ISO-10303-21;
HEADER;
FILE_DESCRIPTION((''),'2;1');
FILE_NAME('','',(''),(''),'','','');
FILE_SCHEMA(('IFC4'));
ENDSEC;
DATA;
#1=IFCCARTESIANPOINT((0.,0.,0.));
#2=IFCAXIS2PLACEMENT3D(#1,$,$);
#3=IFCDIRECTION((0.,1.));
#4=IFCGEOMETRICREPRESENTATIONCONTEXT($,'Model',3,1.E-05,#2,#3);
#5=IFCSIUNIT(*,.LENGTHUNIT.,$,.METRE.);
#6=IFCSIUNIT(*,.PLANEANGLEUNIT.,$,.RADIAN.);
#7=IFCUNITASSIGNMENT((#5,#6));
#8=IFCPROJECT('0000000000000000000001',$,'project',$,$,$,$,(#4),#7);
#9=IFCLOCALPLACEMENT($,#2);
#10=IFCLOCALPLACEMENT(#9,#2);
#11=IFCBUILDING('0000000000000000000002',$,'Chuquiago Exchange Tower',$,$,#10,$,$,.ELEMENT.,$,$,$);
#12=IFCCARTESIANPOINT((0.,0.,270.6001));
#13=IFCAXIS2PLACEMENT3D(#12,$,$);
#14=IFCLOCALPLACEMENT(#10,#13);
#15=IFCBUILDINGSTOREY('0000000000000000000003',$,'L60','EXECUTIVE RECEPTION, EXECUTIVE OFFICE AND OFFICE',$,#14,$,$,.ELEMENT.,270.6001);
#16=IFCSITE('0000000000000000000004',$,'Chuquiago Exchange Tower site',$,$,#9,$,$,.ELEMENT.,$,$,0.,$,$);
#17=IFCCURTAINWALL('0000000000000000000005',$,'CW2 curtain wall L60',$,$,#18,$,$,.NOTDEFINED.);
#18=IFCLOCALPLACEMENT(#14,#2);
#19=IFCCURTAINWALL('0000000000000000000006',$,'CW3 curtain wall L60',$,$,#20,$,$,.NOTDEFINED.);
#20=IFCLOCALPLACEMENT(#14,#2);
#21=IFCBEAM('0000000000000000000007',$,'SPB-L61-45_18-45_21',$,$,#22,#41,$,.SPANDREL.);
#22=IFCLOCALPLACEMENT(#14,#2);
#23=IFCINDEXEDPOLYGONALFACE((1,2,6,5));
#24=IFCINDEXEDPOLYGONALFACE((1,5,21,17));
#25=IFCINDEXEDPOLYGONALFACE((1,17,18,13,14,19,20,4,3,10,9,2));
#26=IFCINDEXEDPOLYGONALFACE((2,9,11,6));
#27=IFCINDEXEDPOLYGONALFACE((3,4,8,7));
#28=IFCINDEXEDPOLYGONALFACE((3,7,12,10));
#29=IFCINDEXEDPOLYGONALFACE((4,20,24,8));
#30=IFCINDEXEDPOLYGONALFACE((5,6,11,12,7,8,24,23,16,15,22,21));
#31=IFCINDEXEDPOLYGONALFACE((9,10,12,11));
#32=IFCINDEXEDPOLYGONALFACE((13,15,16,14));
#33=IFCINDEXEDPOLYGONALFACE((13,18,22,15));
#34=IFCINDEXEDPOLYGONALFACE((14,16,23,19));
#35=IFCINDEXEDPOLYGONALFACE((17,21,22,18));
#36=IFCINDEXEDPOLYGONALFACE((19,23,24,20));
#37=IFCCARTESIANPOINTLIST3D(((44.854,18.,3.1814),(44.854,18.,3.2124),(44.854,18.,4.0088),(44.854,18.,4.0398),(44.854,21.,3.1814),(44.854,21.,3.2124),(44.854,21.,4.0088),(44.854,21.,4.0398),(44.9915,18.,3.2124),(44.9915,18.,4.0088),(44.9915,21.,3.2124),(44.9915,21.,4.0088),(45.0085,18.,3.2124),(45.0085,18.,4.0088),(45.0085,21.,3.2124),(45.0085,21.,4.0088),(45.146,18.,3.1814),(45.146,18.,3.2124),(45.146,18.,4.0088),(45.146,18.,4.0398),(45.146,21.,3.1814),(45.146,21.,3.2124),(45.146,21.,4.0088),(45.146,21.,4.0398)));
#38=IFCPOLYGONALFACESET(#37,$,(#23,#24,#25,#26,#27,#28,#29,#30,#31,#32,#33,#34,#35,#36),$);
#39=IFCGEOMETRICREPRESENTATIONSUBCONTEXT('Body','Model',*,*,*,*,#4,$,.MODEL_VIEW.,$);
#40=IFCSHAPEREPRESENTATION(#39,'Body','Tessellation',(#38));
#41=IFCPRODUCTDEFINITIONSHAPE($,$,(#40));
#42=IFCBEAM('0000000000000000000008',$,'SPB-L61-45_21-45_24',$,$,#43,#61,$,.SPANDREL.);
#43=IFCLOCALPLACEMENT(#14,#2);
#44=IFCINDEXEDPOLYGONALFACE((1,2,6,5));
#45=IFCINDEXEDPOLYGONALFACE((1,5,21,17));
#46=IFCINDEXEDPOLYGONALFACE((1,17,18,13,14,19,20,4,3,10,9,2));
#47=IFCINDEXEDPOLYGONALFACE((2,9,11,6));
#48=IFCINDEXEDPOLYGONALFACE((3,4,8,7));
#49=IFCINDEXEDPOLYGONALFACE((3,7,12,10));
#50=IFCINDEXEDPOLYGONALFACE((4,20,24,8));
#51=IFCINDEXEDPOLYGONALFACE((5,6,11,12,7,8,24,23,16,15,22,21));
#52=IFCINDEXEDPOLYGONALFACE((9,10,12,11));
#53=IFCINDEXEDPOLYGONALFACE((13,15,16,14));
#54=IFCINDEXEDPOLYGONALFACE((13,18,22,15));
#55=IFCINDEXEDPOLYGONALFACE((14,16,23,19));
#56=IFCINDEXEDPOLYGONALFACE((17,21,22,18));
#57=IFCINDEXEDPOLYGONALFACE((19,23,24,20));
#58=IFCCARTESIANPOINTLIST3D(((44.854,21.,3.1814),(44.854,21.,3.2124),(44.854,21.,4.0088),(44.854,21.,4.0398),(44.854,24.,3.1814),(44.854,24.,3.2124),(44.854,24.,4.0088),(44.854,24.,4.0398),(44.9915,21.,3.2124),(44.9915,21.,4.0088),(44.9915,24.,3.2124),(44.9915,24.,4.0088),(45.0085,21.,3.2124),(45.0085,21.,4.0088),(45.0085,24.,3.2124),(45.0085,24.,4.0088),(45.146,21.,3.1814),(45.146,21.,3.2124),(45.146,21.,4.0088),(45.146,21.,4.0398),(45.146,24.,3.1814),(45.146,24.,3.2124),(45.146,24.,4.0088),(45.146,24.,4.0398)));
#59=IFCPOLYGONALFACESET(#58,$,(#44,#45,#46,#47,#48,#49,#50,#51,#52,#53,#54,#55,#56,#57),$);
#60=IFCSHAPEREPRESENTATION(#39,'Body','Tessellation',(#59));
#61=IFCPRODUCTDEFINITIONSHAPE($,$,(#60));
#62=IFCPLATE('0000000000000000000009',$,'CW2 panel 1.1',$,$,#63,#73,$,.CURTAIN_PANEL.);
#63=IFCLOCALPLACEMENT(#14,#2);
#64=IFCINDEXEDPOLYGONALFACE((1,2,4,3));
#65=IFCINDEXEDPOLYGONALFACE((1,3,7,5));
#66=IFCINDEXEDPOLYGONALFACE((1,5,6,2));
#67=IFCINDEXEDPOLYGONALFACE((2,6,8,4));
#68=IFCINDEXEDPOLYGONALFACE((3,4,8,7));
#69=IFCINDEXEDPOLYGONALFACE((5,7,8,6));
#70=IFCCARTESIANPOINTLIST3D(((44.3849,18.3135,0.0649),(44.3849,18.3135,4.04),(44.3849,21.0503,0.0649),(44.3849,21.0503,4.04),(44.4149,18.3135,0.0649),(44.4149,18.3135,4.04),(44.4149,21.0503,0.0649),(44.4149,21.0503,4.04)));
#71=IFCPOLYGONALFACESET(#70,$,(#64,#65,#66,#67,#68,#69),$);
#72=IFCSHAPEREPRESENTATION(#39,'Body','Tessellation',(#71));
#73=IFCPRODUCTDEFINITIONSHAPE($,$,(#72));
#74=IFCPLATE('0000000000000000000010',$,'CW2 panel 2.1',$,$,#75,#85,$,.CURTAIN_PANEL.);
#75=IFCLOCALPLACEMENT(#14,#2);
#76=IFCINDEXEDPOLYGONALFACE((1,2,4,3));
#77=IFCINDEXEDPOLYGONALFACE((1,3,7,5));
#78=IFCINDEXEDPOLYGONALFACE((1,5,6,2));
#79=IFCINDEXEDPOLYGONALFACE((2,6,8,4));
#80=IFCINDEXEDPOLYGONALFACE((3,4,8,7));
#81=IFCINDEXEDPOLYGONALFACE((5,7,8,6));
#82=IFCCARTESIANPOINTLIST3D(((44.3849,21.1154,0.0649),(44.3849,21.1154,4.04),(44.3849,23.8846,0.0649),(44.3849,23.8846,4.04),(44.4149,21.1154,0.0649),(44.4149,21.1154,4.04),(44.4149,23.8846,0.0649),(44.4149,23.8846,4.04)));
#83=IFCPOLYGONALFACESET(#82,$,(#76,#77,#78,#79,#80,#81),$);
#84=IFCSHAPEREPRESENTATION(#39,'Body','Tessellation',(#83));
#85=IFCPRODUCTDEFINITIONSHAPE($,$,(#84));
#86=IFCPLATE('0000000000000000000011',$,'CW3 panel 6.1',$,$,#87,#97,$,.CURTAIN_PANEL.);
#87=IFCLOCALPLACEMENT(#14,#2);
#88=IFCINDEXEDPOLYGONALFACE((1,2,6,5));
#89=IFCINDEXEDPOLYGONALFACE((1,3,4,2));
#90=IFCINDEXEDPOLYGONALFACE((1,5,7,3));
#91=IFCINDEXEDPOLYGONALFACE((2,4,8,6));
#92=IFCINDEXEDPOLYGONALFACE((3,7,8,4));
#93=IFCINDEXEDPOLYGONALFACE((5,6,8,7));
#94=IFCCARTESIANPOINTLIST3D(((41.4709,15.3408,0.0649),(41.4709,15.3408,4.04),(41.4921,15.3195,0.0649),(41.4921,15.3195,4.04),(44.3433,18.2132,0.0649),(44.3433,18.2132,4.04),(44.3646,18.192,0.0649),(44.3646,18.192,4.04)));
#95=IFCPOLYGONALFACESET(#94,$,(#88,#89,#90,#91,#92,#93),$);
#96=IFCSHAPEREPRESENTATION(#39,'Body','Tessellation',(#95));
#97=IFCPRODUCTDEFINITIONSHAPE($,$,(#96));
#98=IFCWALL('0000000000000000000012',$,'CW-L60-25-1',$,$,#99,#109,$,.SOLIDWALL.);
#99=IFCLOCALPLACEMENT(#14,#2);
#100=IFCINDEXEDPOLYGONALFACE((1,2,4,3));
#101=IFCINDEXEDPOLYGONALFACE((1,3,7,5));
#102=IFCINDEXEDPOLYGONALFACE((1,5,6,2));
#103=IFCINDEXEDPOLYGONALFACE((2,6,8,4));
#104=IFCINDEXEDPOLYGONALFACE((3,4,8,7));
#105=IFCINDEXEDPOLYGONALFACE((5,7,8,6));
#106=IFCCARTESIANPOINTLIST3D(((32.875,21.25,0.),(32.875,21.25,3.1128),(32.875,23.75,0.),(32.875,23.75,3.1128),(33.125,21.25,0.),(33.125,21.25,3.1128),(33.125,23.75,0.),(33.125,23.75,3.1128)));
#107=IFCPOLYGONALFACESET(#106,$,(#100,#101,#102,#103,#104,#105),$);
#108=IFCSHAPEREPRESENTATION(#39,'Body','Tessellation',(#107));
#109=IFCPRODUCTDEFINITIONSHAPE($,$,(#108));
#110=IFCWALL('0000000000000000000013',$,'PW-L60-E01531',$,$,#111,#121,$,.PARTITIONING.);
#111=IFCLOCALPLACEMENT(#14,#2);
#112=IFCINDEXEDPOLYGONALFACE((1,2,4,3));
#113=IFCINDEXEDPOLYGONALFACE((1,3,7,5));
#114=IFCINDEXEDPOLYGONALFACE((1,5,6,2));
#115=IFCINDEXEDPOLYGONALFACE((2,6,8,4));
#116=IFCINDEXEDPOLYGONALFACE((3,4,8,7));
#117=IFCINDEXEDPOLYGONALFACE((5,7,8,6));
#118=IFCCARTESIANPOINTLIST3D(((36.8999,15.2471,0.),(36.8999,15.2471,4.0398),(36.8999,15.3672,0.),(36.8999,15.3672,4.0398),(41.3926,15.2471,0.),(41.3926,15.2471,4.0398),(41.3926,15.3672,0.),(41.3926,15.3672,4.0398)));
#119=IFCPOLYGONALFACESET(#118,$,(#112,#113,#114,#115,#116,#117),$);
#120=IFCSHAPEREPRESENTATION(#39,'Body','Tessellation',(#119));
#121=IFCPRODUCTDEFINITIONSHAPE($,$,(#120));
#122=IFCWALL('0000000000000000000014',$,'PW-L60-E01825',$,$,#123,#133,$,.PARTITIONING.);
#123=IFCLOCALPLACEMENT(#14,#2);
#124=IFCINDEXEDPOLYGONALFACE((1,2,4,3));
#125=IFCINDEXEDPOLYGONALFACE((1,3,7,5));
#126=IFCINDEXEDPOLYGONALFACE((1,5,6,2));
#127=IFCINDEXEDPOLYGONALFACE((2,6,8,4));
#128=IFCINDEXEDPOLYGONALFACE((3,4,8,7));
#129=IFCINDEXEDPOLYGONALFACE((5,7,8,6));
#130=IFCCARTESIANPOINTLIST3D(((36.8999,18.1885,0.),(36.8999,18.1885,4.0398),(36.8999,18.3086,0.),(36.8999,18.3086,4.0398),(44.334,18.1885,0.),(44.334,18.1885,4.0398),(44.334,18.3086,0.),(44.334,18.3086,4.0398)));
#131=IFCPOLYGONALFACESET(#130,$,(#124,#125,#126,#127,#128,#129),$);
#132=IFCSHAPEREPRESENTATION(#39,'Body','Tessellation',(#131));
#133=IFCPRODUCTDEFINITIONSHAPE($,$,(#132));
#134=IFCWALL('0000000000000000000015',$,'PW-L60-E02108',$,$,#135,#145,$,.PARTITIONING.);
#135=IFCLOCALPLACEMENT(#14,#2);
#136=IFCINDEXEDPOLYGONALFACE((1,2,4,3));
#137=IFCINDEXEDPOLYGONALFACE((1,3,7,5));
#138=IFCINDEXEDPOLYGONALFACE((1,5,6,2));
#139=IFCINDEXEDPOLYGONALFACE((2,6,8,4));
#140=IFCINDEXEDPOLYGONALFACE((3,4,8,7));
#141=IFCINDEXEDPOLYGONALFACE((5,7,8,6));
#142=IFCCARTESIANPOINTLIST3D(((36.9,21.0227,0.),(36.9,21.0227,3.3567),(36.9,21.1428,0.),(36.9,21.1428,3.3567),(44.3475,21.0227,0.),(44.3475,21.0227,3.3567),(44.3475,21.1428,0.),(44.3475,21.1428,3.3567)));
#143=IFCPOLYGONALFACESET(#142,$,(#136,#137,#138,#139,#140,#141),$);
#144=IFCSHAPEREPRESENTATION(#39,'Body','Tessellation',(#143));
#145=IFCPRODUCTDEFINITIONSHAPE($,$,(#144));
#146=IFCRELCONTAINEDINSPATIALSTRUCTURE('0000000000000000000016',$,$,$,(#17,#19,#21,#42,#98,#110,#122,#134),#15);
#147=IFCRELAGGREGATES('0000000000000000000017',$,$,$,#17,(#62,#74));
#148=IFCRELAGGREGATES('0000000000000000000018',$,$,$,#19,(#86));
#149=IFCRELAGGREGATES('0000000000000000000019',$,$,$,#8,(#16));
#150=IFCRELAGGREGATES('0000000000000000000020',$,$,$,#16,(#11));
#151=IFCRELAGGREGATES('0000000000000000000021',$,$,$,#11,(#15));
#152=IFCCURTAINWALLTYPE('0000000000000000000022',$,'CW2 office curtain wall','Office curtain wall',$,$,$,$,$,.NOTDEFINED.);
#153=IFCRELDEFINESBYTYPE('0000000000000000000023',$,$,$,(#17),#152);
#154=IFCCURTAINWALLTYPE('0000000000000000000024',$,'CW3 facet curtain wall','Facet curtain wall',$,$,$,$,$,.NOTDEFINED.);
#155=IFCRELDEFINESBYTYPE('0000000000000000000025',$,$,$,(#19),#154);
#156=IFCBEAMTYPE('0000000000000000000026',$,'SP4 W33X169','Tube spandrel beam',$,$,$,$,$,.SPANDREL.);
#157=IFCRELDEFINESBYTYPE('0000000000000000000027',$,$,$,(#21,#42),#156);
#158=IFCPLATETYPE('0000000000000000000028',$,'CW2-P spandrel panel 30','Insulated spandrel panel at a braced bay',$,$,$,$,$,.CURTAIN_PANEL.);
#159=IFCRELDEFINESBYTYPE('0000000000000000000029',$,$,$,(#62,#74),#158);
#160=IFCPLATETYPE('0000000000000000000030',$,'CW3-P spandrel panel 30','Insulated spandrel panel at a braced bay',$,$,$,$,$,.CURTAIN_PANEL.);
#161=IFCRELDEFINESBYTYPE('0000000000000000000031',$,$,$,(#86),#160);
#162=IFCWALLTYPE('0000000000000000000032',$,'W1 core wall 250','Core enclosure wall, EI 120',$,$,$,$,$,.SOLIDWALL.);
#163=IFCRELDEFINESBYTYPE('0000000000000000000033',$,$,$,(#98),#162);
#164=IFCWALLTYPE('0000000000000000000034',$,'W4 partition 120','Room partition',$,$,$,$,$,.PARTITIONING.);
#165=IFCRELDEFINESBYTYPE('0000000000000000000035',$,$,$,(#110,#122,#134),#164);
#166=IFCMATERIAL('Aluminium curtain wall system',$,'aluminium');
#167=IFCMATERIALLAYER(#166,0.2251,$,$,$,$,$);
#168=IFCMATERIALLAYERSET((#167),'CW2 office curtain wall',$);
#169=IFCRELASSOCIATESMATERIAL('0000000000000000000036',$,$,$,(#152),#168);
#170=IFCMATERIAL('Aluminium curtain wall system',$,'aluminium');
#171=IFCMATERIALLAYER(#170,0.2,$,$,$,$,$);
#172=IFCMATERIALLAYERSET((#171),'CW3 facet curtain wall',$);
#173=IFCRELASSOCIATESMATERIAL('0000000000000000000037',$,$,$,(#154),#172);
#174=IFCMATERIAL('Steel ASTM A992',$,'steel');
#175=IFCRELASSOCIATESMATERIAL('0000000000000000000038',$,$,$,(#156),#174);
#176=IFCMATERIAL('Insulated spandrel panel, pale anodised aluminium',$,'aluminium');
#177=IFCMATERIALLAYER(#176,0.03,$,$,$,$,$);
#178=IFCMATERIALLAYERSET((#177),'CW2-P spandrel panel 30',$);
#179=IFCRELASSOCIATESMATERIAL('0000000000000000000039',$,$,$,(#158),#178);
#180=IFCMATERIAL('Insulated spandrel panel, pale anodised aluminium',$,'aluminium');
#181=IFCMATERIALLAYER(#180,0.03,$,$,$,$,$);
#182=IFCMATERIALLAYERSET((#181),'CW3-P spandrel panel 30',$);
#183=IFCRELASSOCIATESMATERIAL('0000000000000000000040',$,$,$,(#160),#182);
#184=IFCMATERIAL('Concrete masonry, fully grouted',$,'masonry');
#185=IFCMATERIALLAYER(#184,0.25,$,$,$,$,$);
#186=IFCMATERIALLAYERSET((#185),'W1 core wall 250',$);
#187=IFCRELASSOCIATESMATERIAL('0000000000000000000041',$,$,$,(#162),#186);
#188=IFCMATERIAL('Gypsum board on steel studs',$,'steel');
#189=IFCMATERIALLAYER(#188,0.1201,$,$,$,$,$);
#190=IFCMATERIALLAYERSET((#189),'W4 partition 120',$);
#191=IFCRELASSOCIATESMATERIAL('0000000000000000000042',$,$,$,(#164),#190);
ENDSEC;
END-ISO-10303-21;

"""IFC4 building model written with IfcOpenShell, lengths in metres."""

from ifc_helpers import new_model, si_unit, direction, frame, frame_2d, origin, origin_2d, place, context, subcontext, project, spatial, rectangle, i_section, extrude, material, layer, layer_set, material_profile, profile_set, type_object, element, aggregate, save


model = new_model("IFC4")

# Units and contexts
model_context = context("Model", 3, precision=1e-05, world=origin(), true_north=direction((0.0, 1.0)))
body_context = subcontext(model_context, "Body", "Model", "MODEL_VIEW")
ifc_project = project(units=[si_unit("LENGTHUNIT", "METRE"), si_unit("PLANEANGLEUNIT", "RADIAN")], contexts=[model_context])

# Site, building, storey
site_placement = place(None, origin())
site = spatial("IfcSite", under=ifc_project, at=site_placement, Name="Chuquiago Exchange Tower site", CompositionType="ELEMENT", RefElevation=0.0)
building_placement = place(site_placement, origin())
building = spatial("IfcBuilding", under=site, at=building_placement, Name="Chuquiago Exchange Tower", CompositionType="ELEMENT")
storey_placement = place(building_placement, frame((0.0, 0.0, 270.6001)))
storey = spatial("IfcBuildingStorey", under=building, at=storey_placement, Name="L60", Description="EXECUTIVE RECEPTION, EXECUTIVE OFFICE AND OFFICE", CompositionType="ELEMENT", Elevation=270.6001)

# Curtain walls
ifc_material_1 = material(Name="Aluminium curtain wall system", Category="aluminium")
ifc_layer_1 = layer(ifc_material_1, 0.2251)
ifc_layer_set_1 = layer_set([ifc_layer_1], Name="CW2 office curtain wall")
curtain_wall_type_1 = type_object("IfcCurtainWallType", Name="CW2 office curtain wall", Description="Office curtain wall", PredefinedType="NOTDEFINED", material=ifc_layer_set_1)
curtain_wall_1_placement = place(storey_placement, origin())
curtain_wall_1 = element("IfcCurtainWall", 1, at=curtain_wall_1_placement, inside=storey, type_object=curtain_wall_type_1, Name="CW2 curtain wall L60", PredefinedType="NOTDEFINED")
ifc_material_2 = material(Name="Aluminium curtain wall system", Category="aluminium")
ifc_layer_2 = layer(ifc_material_2, 0.2)
ifc_layer_set_2 = layer_set([ifc_layer_2], Name="CW3 facet curtain wall")
curtain_wall_type_2 = type_object("IfcCurtainWallType", Name="CW3 facet curtain wall", Description="Facet curtain wall", PredefinedType="NOTDEFINED", material=ifc_layer_set_2)
curtain_wall_2_placement = place(storey_placement, origin())
curtain_wall_2 = element("IfcCurtainWall", 2, at=curtain_wall_2_placement, inside=storey, type_object=curtain_wall_type_2, Name="CW3 curtain wall L60", PredefinedType="NOTDEFINED")

# Beams
ifc_material_3 = material(Name="Steel ASTM A992", Category="steel")
ifc_material_profile_1 = material_profile(ifc_material_3, i_section(OverallWidth=0.292, OverallDepth=0.8584, WebThickness=0.0171, FlangeThickness=0.031, at=origin_2d()), Name="W33X169")
ifc_profile_set_1 = profile_set([ifc_material_profile_1], Name="Steel ASTM A992")
beam_type_1 = type_object("IfcBeamType", Name="SP4 W33X169", Description="Tube spandrel beam", PredefinedType="SPANDREL", material=ifc_profile_set_1)
for number, where, z_axis, x_axis, name in (
    (3, (45.0, 18.0, 3.6106), (0.0, 1.0, 0.0), (-1.0, 0.0, 0.0), "SPB-L61-45_18-45_21"),
    (4, (45.0, 21.0, 3.6106), (0.0, 1.0, 0.0), (-1.0, 0.0, 0.0), "SPB-L61-45_21-45_24"),
):
    element("IfcBeam", number, at=place(storey_placement, frame(where, z_axis=z_axis, x_axis=x_axis)), inside=storey, type_object=beam_type_1, Name=name, PredefinedType="SPANDREL", context=body_context, shape_type="SweptSolid", body=[
        extrude(i_section(OverallWidth=0.292, OverallDepth=0.8584, WebThickness=0.0171, FlangeThickness=0.031, at=origin_2d()), origin(), (0.0, 0.0, 1.0), 3.0),
    ])

# Plates
ifc_material_4 = material(Name="Insulated spandrel panel, pale anodised aluminium", Category="aluminium")
ifc_layer_3 = layer(ifc_material_4, 0.03)
ifc_layer_set_3 = layer_set([ifc_layer_3], Name="CW2-P spandrel panel 30")
plate_type_1 = type_object("IfcPlateType", Name="CW2-P spandrel panel 30", Description="Insulated spandrel panel at a braced bay", PredefinedType="CURTAIN_PANEL", material=ifc_layer_set_3)
plate_1_placement = place(storey_placement, frame((44.3999, 19.6819, 0.0649), z_axis=(0.0, 0.0, 1.0), x_axis=(0.0, 1.0, 0.0)))
plate_1 = element("IfcPlate", 5, at=plate_1_placement, type_object=plate_type_1, Name="CW2 panel 1.1", PredefinedType="CURTAIN_PANEL", context=body_context, shape_type="SweptSolid", body=[
    extrude(rectangle(XDim=2.7368, YDim=0.03, at=origin_2d()), origin(), (0.0, 0.0, 1.0), 3.9751),
])
plate_2_placement = place(storey_placement, frame((44.3999, 22.5, 0.0649), z_axis=(0.0, 0.0, 1.0), x_axis=(0.0, 1.0, 0.0)))
plate_2 = element("IfcPlate", 6, at=plate_2_placement, type_object=plate_type_1, Name="CW2 panel 2.1", PredefinedType="CURTAIN_PANEL", context=body_context, shape_type="SweptSolid", body=[
    extrude(rectangle(XDim=2.7693, YDim=0.03, at=origin_2d()), origin(), (0.0, 0.0, 1.0), 3.9751),
])
aggregate(curtain_wall_1, [plate_1, plate_2])
ifc_material_5 = material(Name="Insulated spandrel panel, pale anodised aluminium", Category="aluminium")
ifc_layer_4 = layer(ifc_material_5, 0.03)
ifc_layer_set_4 = layer_set([ifc_layer_4], Name="CW3-P spandrel panel 30")
plate_type_2 = type_object("IfcPlateType", Name="CW3-P spandrel panel 30", Description="Insulated spandrel panel at a braced bay", PredefinedType="CURTAIN_PANEL", material=ifc_layer_set_4)
plate_3_placement = place(storey_placement, frame((42.9177, 16.7664, 0.0649), z_axis=(0.0, 0.0, 1.0), x_axis=(0.707107, 0.707107, 0.0)))
plate_3 = element("IfcPlate", 7, at=plate_3_placement, type_object=plate_type_2, Name="CW3 panel 6.1", PredefinedType="CURTAIN_PANEL", context=body_context, shape_type="SweptSolid", body=[
    extrude(rectangle(XDim=4.0623, YDim=0.03, at=origin_2d()), origin(), (0.0, 0.0, 1.0), 3.9751),
])
aggregate(curtain_wall_2, [plate_3])

# Walls
ifc_material_6 = material(Name="Concrete masonry, fully grouted", Category="masonry")
ifc_layer_5 = layer(ifc_material_6, 0.25)
ifc_layer_set_5 = layer_set([ifc_layer_5], Name="W1 core wall 250")
wall_type_1 = type_object("IfcWallType", Name="W1 core wall 250", Description="Core enclosure wall, EI 120", PredefinedType="SOLIDWALL", material=ifc_layer_set_5)
wall_1_placement = place(storey_placement, frame((33.0, 21.25, 0.0), z_axis=(0.0, 0.0, 1.0), x_axis=(0.0, 1.0, 0.0)))
element("IfcWall", 8, at=wall_1_placement, inside=storey, type_object=wall_type_1, Name="CW-L60-25-1", PredefinedType="SOLIDWALL", context=body_context, shape_type="SweptSolid", body=[
    extrude(rectangle(XDim=2.5, YDim=0.25, at=frame_2d((1.25, 0.0))), origin(), (0.0, 0.0, 1.0), 3.1128),
])
ifc_material_7 = material(Name="Gypsum board on steel studs", Category="steel")
ifc_layer_6 = layer(ifc_material_7, 0.1201)
ifc_layer_set_6 = layer_set([ifc_layer_6], Name="W4 partition 120")
wall_type_2 = type_object("IfcWallType", Name="W4 partition 120", Description="Room partition", PredefinedType="PARTITIONING", material=ifc_layer_set_6)
wall_2_placement = place(storey_placement, frame((41.3926, 15.3071, 0.0), z_axis=(0.0, 0.0, 1.0), x_axis=(-1.0, 0.0, 0.0)))
element("IfcWall", 9, at=wall_2_placement, inside=storey, type_object=wall_type_2, Name="PW-L60-E01531", PredefinedType="PARTITIONING", context=body_context, shape_type="SweptSolid", body=[
    extrude(rectangle(XDim=4.4927, YDim=0.1201, at=frame_2d((2.2463, 0.0))), origin(), (0.0, 0.0, 1.0), 4.0398),
])
wall_3_placement = place(storey_placement, frame((44.334, 18.2485, 0.0), z_axis=(0.0, 0.0, 1.0), x_axis=(-1.0, 0.0, 0.0)))
element("IfcWall", 10, at=wall_3_placement, inside=storey, type_object=wall_type_2, Name="PW-L60-E01825", PredefinedType="PARTITIONING", context=body_context, shape_type="SweptSolid", body=[
    extrude(rectangle(XDim=7.4341, YDim=0.1201, at=frame_2d((3.717, 0.0))), origin(), (0.0, 0.0, 1.0), 4.0398),
])
wall_4_placement = place(storey_placement, frame((44.3474, 21.0828, 0.0), z_axis=(0.0, 0.0, 1.0), x_axis=(-1.0, 0.0, 0.0)))
element("IfcWall", 11, at=wall_4_placement, inside=storey, type_object=wall_type_2, Name="PW-L60-E02108", PredefinedType="PARTITIONING", context=body_context, shape_type="SweptSolid", body=[
    extrude(rectangle(XDim=7.4475, YDim=0.1201, at=frame_2d((3.7236, 0.0))), origin(), (0.0, 0.0, 1.0), 3.3567),
])

save(model, "model.ifc")
